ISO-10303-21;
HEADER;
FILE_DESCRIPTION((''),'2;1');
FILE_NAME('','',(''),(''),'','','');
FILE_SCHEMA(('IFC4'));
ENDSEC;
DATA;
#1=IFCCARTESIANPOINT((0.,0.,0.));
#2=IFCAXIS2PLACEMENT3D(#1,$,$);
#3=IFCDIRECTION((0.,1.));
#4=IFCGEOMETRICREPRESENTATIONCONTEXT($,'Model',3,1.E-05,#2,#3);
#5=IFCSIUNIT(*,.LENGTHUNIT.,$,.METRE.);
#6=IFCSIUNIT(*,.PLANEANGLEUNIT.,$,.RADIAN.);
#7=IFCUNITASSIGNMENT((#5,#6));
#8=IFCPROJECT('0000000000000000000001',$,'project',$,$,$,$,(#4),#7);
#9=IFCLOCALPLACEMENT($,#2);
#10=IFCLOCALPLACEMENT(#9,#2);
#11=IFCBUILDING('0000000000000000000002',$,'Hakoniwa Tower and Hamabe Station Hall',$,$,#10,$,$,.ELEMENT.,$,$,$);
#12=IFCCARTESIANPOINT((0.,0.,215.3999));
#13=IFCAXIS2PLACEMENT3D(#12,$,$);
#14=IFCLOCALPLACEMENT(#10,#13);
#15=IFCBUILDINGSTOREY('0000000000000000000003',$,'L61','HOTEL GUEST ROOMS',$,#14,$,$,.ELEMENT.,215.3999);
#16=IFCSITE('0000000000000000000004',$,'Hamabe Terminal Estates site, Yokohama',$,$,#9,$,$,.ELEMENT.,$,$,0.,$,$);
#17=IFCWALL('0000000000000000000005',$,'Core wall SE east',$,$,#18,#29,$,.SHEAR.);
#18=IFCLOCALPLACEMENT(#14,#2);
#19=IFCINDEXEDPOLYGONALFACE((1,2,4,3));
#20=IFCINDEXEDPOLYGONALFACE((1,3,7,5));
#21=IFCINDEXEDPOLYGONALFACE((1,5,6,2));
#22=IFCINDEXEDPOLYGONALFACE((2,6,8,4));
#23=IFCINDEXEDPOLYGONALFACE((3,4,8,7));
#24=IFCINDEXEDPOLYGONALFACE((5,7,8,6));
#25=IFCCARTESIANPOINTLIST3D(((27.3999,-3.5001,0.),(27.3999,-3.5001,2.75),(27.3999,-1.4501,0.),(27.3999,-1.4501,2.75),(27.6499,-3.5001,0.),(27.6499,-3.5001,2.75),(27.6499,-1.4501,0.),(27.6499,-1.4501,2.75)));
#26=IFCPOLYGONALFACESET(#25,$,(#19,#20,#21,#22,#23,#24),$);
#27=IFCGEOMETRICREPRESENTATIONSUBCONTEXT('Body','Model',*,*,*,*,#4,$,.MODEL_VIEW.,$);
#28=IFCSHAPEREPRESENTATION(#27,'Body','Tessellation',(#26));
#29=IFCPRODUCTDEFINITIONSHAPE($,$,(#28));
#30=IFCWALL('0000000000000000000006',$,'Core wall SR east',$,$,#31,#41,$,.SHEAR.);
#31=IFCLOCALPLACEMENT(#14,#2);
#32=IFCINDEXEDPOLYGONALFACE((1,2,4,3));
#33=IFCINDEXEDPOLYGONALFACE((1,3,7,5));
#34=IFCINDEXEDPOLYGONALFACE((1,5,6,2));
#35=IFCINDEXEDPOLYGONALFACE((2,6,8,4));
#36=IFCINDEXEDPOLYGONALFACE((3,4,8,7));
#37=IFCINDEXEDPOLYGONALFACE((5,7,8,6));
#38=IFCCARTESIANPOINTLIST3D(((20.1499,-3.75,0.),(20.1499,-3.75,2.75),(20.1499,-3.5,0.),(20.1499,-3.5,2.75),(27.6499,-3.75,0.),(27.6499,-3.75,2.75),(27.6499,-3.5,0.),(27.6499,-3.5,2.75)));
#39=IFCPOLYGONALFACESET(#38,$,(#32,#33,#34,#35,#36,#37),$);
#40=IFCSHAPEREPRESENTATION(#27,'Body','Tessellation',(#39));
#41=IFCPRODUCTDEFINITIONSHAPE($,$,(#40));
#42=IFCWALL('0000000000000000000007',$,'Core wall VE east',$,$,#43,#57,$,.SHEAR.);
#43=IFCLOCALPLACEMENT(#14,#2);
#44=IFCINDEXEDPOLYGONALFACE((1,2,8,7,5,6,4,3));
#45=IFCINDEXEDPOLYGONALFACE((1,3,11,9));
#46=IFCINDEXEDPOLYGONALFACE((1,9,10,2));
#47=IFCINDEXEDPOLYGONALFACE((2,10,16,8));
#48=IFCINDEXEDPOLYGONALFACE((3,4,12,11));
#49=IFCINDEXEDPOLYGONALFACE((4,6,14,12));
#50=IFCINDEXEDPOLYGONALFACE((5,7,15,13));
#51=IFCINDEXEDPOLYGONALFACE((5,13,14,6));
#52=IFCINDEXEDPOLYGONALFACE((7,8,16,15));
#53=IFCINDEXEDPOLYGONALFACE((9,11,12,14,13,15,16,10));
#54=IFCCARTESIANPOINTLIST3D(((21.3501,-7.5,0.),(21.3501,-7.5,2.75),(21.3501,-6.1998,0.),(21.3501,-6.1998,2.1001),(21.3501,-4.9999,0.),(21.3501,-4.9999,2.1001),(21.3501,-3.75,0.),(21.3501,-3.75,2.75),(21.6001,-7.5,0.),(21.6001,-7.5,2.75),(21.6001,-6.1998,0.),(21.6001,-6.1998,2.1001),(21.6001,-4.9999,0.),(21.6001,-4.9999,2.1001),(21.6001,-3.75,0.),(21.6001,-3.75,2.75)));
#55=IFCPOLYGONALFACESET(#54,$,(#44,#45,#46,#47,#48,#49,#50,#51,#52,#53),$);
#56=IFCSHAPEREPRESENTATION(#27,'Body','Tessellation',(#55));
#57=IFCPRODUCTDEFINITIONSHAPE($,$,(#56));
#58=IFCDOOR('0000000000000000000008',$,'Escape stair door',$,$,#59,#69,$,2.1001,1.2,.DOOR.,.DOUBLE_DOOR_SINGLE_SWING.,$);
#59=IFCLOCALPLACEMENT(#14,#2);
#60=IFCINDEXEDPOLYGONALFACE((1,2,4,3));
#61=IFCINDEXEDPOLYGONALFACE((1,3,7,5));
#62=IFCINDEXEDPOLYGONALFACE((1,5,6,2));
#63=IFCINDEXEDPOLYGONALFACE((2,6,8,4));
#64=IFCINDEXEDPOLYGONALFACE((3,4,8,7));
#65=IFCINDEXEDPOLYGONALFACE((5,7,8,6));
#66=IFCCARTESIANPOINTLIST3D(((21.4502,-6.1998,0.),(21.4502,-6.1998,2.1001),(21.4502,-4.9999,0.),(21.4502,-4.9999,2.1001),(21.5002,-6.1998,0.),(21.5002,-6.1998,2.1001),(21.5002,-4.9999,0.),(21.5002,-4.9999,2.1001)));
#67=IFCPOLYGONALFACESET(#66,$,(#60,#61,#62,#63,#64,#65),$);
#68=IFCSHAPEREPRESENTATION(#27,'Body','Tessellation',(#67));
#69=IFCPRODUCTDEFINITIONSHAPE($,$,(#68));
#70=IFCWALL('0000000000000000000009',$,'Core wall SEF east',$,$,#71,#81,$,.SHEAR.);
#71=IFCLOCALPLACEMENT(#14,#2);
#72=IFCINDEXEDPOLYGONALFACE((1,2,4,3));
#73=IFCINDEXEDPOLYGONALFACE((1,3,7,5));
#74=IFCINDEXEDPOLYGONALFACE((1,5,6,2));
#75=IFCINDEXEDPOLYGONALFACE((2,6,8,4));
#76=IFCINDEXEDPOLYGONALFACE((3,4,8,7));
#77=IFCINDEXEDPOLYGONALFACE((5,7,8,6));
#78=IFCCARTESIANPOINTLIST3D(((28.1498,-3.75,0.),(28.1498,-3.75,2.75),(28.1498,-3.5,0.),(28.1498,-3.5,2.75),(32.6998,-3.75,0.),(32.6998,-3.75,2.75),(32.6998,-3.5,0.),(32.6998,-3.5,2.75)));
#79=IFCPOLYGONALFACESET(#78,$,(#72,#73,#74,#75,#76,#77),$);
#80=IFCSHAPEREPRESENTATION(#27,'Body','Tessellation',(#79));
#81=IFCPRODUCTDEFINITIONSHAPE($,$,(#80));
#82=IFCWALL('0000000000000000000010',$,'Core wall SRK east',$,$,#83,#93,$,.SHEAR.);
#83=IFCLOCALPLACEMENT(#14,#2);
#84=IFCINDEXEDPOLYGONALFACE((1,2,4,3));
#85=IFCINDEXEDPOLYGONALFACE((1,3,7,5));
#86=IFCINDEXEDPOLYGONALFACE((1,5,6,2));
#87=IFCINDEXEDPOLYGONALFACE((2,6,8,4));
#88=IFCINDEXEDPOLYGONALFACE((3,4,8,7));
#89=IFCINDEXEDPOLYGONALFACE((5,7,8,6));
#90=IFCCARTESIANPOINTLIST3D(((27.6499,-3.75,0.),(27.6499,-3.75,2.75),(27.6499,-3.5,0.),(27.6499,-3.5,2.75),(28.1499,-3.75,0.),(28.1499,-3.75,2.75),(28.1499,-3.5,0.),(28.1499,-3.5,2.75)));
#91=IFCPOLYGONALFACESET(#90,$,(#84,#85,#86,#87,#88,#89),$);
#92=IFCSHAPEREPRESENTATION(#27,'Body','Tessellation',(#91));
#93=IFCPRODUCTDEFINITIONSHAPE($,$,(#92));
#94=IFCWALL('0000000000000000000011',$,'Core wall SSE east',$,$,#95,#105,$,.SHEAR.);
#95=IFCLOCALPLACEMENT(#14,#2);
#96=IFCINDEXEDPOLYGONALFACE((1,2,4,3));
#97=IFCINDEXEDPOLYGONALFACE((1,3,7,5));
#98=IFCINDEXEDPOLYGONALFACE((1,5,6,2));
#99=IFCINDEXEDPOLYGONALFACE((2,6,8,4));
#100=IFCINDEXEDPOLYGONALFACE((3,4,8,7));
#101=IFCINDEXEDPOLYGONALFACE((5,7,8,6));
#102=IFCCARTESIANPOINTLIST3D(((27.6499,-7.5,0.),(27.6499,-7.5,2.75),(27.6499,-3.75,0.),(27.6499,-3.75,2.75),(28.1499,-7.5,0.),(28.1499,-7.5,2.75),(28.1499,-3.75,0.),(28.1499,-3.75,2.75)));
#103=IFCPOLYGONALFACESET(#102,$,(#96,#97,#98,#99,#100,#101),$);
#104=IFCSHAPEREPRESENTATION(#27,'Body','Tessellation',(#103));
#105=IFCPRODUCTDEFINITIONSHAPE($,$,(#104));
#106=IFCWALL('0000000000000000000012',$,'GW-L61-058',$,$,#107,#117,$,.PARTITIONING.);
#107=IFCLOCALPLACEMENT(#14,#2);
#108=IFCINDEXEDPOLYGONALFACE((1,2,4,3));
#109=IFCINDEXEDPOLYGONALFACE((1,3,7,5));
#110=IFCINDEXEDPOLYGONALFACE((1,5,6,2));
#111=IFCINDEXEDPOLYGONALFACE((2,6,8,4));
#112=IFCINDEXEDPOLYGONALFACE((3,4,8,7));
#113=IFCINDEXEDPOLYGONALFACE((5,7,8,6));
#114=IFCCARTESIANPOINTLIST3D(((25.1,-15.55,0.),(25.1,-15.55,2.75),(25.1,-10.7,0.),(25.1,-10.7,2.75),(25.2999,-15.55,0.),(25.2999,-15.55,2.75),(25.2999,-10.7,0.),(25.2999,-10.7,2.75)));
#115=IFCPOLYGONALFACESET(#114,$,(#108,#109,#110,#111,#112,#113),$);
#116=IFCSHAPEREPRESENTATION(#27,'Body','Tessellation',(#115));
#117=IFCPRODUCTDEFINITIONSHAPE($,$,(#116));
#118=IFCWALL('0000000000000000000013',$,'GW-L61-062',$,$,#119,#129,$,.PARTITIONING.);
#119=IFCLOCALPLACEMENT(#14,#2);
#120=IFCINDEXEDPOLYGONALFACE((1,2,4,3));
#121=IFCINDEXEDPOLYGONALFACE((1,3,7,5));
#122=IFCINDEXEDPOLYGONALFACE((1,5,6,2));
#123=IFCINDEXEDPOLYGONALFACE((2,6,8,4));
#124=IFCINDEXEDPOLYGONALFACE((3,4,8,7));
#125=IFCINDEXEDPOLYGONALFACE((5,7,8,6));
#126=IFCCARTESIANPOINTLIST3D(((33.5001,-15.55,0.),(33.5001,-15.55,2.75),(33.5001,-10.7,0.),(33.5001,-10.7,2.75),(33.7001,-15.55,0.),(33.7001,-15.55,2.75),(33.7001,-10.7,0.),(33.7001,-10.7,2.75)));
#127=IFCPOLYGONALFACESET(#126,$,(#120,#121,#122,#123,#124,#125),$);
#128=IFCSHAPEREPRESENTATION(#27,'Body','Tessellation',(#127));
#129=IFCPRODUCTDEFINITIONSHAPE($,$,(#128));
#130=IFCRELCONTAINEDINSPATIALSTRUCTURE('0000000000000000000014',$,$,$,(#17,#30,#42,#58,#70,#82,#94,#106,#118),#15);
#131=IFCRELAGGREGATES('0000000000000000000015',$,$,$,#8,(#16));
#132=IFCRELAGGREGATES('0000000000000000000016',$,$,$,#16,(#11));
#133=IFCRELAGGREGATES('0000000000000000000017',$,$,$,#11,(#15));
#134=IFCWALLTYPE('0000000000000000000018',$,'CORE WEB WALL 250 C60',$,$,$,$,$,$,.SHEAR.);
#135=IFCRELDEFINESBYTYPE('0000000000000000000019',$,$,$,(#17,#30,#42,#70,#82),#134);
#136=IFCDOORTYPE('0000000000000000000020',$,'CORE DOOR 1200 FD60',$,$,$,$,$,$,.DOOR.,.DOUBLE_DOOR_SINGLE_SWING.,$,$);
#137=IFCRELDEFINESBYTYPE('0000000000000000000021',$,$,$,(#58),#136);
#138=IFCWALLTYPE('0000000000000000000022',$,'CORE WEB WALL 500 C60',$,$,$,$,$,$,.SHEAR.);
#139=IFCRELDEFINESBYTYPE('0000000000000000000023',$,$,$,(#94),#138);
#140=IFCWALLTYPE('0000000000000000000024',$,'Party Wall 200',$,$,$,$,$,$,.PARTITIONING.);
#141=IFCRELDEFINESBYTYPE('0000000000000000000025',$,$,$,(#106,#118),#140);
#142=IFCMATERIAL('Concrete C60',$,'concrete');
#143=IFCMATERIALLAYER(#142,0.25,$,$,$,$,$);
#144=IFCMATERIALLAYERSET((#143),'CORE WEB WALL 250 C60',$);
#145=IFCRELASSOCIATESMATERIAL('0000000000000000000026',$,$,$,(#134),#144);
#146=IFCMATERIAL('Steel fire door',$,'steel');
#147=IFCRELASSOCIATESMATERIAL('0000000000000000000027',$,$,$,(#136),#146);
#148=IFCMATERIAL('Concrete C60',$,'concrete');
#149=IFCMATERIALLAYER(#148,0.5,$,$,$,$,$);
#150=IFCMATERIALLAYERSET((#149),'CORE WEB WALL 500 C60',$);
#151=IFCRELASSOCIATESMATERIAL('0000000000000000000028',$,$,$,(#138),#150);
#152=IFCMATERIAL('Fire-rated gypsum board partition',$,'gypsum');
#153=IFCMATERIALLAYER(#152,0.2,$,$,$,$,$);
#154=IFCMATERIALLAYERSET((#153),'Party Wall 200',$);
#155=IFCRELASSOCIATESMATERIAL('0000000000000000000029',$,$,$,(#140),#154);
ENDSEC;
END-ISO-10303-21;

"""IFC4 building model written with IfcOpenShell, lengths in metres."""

from ifc_helpers import new_model, si_unit, direction, frame, frame_2d, origin, place, context, subcontext, project, spatial, rectangle, extrude, material, layer, layer_set, type_object, element, fill, save


model = new_model("IFC4")

# Units and contexts
model_context = context("Model", 3, precision=1e-05, world=origin(), true_north=direction((0.0, 1.0)))
body_context = subcontext(model_context, "Body", "Model", "MODEL_VIEW")
ifc_project = project(units=[si_unit("LENGTHUNIT", "METRE"), si_unit("PLANEANGLEUNIT", "RADIAN")], contexts=[model_context])

# Site, building, storey
site_placement = place(None, origin())
site = spatial("IfcSite", under=ifc_project, at=site_placement, Name="Hamabe Terminal Estates site, Yokohama", CompositionType="ELEMENT", RefElevation=0.0)
building_placement = place(site_placement, origin())
building = spatial("IfcBuilding", under=site, at=building_placement, Name="Hakoniwa Tower and Hamabe Station Hall", CompositionType="ELEMENT")
storey_placement = place(building_placement, frame((0.0, 0.0, 215.3999)))
storey = spatial("IfcBuildingStorey", under=building, at=storey_placement, Name="L61", Description="HOTEL GUEST ROOMS", CompositionType="ELEMENT", Elevation=215.3999)

# Shared definitions
ifc_material_1 = material(Name="Concrete C60", Category="concrete")
ifc_layer_1 = layer(ifc_material_1, 0.25)
ifc_layer_set_1 = layer_set([ifc_layer_1], Name="CORE WEB WALL 250 C60")
wall_type_1 = type_object("IfcWallType", Name="CORE WEB WALL 250 C60", PredefinedType="SHEAR", material=ifc_layer_set_1)
ifc_material_2 = material(Name="Steel fire door", Category="steel")
door_type_1 = type_object("IfcDoorType", Name="CORE DOOR 1200 FD60", OperationType="DOUBLE_DOOR_SINGLE_SWING", PredefinedType="DOOR", material=ifc_material_2)

# Walls
wall_1_placement = place(storey_placement, frame((27.5249, -3.5, 0.0), z_axis=(0.0, 0.0, 1.0), x_axis=(0.0, 1.0, 0.0)))
element("IfcWall", 1, at=wall_1_placement, inside=storey, type_object=wall_type_1, Name="Core wall SE east", PredefinedType="SHEAR", context=body_context, shape_type="SweptSolid", body=[
    extrude(rectangle(XDim=2.05, YDim=0.25, at=frame_2d((1.0249, 0.0))), origin(), (0.0, 0.0, 1.0), 2.75),
])
wall_2_placement = place(storey_placement, frame((20.1499, -3.625, 0.0), z_axis=(0.0, 0.0, 1.0), x_axis=(1.0, 0.0, 0.0)))
element("IfcWall", 2, at=wall_2_placement, inside=storey, type_object=wall_type_1, Name="Core wall SR east", PredefinedType="SHEAR", context=body_context, shape_type="SweptSolid", body=[
    extrude(rectangle(XDim=7.5, YDim=0.25, at=frame_2d((3.75, 0.0))), origin(), (0.0, 0.0, 1.0), 2.75),
])

# Wall, opening, door
wall_3_placement = place(storey_placement, frame((21.4751, -7.5, 0.0), z_axis=(0.0, 0.0, 1.0), x_axis=(0.0, 1.0, 0.0)))
wall_3 = element("IfcWall", 3, at=wall_3_placement, inside=storey, type_object=wall_type_1, Name="Core wall VE east", PredefinedType="SHEAR", context=body_context, shape_type="SweptSolid", body=[
    extrude(rectangle(XDim=3.75, YDim=0.25, at=frame_2d((1.875, 0.0))), origin(), (0.0, 0.0, 1.0), 2.75),
])
opening_1_placement = place(wall_3_placement, frame((1.3, 0.0, 0.0)))
opening_1 = element("IfcOpeningElement", 4, at=opening_1_placement, cuts=wall_3, PredefinedType="OPENING", context=body_context, shape_type="SweptSolid", body=[
    extrude(rectangle(XDim=1.2, YDim=2.1001, at=frame_2d((0.6001, 1.05))), frame((0.0, 0.135, 0.0), z_axis=(0.0, -1.0, 0.0), x_axis=(1.0, 0.0, 0.0)), (0.0, 0.0, 1.0), 0.27),
])
door_1_placement = place(opening_1_placement, origin())
door_1 = element("IfcDoor", 5, at=door_1_placement, inside=storey, type_object=door_type_1, Name="Escape stair door", OperationType="DOUBLE_DOOR_SINGLE_SWING", OverallHeight=2.1001, OverallWidth=1.2, PredefinedType="DOOR", context=body_context, shape_type="SweptSolid", body=[
    extrude(rectangle(XDim=1.2, YDim=2.1001, at=frame_2d((0.6001, 1.05))), frame((0.0, 0.0249, 0.0), z_axis=(0.0, -1.0, 0.0), x_axis=(1.0, 0.0, 0.0)), (0.0, 0.0, 1.0), 0.05),
])
fill(opening_1, door_1)

# Walls
wall_4_placement = place(storey_placement, frame((28.1499, -3.625, 0.0), z_axis=(0.0, 0.0, 1.0), x_axis=(1.0, 0.0, 0.0)))
element("IfcWall", 6, at=wall_4_placement, inside=storey, type_object=wall_type_1, Name="Core wall SEF east", PredefinedType="SHEAR", context=body_context, shape_type="SweptSolid", body=[
    extrude(rectangle(XDim=4.55, YDim=0.25, at=frame_2d((2.2749, 0.0))), origin(), (0.0, 0.0, 1.0), 2.75),
])
wall_5_placement = place(storey_placement, frame((27.6499, -3.625, 0.0), z_axis=(0.0, 0.0, 1.0), x_axis=(1.0, 0.0, 0.0)))
element("IfcWall", 7, at=wall_5_placement, inside=storey, type_object=wall_type_1, Name="Core wall SRK east", PredefinedType="SHEAR", context=body_context, shape_type="SweptSolid", body=[
    extrude(rectangle(XDim=0.5, YDim=0.25, at=frame_2d((0.25, 0.0))), origin(), (0.0, 0.0, 1.0), 2.75),
])
ifc_material_3 = material(Name="Concrete C60", Category="concrete")
ifc_layer_2 = layer(ifc_material_3, 0.5)
ifc_layer_set_2 = layer_set([ifc_layer_2], Name="CORE WEB WALL 500 C60")
wall_type_2 = type_object("IfcWallType", Name="CORE WEB WALL 500 C60", PredefinedType="SHEAR", material=ifc_layer_set_2)
wall_6_placement = place(storey_placement, frame((27.8999, -7.5, 0.0), z_axis=(0.0, 0.0, 1.0), x_axis=(0.0, 1.0, 0.0)))
element("IfcWall", 8, at=wall_6_placement, inside=storey, type_object=wall_type_2, Name="Core wall SSE east", PredefinedType="SHEAR", context=body_context, shape_type="SweptSolid", body=[
    extrude(rectangle(XDim=3.75, YDim=0.5, at=frame_2d((1.875, 0.0))), origin(), (0.0, 0.0, 1.0), 2.75),
])
ifc_material_4 = material(Name="Fire-rated gypsum board partition", Category="gypsum")
ifc_layer_3 = layer(ifc_material_4, 0.2)
ifc_layer_set_3 = layer_set([ifc_layer_3], Name="Party Wall 200")
wall_type_3 = type_object("IfcWallType", Name="Party Wall 200", PredefinedType="PARTITIONING", material=ifc_layer_set_3)
for number, where, z_axis, x_axis, name in (
    (9, (25.2, -15.55, 0.0), (0.0, 0.0, 1.0), (0.0, 1.0, 0.0), "GW-L61-058"),
    (10, (33.6001, -15.55, 0.0), (0.0, 0.0, 1.0), (0.0, 1.0, 0.0), "GW-L61-062"),
):
    element("IfcWall", number, at=place(storey_placement, frame(where, z_axis=z_axis, x_axis=x_axis)), inside=storey, type_object=wall_type_3, Name=name, PredefinedType="PARTITIONING", context=body_context, shape_type="SweptSolid", body=[
        extrude(rectangle(XDim=4.8501, YDim=0.2, at=frame_2d((2.425, 0.0))), origin(), (0.0, 0.0, 1.0), 2.75),
    ])

save(model, "model.ifc")
